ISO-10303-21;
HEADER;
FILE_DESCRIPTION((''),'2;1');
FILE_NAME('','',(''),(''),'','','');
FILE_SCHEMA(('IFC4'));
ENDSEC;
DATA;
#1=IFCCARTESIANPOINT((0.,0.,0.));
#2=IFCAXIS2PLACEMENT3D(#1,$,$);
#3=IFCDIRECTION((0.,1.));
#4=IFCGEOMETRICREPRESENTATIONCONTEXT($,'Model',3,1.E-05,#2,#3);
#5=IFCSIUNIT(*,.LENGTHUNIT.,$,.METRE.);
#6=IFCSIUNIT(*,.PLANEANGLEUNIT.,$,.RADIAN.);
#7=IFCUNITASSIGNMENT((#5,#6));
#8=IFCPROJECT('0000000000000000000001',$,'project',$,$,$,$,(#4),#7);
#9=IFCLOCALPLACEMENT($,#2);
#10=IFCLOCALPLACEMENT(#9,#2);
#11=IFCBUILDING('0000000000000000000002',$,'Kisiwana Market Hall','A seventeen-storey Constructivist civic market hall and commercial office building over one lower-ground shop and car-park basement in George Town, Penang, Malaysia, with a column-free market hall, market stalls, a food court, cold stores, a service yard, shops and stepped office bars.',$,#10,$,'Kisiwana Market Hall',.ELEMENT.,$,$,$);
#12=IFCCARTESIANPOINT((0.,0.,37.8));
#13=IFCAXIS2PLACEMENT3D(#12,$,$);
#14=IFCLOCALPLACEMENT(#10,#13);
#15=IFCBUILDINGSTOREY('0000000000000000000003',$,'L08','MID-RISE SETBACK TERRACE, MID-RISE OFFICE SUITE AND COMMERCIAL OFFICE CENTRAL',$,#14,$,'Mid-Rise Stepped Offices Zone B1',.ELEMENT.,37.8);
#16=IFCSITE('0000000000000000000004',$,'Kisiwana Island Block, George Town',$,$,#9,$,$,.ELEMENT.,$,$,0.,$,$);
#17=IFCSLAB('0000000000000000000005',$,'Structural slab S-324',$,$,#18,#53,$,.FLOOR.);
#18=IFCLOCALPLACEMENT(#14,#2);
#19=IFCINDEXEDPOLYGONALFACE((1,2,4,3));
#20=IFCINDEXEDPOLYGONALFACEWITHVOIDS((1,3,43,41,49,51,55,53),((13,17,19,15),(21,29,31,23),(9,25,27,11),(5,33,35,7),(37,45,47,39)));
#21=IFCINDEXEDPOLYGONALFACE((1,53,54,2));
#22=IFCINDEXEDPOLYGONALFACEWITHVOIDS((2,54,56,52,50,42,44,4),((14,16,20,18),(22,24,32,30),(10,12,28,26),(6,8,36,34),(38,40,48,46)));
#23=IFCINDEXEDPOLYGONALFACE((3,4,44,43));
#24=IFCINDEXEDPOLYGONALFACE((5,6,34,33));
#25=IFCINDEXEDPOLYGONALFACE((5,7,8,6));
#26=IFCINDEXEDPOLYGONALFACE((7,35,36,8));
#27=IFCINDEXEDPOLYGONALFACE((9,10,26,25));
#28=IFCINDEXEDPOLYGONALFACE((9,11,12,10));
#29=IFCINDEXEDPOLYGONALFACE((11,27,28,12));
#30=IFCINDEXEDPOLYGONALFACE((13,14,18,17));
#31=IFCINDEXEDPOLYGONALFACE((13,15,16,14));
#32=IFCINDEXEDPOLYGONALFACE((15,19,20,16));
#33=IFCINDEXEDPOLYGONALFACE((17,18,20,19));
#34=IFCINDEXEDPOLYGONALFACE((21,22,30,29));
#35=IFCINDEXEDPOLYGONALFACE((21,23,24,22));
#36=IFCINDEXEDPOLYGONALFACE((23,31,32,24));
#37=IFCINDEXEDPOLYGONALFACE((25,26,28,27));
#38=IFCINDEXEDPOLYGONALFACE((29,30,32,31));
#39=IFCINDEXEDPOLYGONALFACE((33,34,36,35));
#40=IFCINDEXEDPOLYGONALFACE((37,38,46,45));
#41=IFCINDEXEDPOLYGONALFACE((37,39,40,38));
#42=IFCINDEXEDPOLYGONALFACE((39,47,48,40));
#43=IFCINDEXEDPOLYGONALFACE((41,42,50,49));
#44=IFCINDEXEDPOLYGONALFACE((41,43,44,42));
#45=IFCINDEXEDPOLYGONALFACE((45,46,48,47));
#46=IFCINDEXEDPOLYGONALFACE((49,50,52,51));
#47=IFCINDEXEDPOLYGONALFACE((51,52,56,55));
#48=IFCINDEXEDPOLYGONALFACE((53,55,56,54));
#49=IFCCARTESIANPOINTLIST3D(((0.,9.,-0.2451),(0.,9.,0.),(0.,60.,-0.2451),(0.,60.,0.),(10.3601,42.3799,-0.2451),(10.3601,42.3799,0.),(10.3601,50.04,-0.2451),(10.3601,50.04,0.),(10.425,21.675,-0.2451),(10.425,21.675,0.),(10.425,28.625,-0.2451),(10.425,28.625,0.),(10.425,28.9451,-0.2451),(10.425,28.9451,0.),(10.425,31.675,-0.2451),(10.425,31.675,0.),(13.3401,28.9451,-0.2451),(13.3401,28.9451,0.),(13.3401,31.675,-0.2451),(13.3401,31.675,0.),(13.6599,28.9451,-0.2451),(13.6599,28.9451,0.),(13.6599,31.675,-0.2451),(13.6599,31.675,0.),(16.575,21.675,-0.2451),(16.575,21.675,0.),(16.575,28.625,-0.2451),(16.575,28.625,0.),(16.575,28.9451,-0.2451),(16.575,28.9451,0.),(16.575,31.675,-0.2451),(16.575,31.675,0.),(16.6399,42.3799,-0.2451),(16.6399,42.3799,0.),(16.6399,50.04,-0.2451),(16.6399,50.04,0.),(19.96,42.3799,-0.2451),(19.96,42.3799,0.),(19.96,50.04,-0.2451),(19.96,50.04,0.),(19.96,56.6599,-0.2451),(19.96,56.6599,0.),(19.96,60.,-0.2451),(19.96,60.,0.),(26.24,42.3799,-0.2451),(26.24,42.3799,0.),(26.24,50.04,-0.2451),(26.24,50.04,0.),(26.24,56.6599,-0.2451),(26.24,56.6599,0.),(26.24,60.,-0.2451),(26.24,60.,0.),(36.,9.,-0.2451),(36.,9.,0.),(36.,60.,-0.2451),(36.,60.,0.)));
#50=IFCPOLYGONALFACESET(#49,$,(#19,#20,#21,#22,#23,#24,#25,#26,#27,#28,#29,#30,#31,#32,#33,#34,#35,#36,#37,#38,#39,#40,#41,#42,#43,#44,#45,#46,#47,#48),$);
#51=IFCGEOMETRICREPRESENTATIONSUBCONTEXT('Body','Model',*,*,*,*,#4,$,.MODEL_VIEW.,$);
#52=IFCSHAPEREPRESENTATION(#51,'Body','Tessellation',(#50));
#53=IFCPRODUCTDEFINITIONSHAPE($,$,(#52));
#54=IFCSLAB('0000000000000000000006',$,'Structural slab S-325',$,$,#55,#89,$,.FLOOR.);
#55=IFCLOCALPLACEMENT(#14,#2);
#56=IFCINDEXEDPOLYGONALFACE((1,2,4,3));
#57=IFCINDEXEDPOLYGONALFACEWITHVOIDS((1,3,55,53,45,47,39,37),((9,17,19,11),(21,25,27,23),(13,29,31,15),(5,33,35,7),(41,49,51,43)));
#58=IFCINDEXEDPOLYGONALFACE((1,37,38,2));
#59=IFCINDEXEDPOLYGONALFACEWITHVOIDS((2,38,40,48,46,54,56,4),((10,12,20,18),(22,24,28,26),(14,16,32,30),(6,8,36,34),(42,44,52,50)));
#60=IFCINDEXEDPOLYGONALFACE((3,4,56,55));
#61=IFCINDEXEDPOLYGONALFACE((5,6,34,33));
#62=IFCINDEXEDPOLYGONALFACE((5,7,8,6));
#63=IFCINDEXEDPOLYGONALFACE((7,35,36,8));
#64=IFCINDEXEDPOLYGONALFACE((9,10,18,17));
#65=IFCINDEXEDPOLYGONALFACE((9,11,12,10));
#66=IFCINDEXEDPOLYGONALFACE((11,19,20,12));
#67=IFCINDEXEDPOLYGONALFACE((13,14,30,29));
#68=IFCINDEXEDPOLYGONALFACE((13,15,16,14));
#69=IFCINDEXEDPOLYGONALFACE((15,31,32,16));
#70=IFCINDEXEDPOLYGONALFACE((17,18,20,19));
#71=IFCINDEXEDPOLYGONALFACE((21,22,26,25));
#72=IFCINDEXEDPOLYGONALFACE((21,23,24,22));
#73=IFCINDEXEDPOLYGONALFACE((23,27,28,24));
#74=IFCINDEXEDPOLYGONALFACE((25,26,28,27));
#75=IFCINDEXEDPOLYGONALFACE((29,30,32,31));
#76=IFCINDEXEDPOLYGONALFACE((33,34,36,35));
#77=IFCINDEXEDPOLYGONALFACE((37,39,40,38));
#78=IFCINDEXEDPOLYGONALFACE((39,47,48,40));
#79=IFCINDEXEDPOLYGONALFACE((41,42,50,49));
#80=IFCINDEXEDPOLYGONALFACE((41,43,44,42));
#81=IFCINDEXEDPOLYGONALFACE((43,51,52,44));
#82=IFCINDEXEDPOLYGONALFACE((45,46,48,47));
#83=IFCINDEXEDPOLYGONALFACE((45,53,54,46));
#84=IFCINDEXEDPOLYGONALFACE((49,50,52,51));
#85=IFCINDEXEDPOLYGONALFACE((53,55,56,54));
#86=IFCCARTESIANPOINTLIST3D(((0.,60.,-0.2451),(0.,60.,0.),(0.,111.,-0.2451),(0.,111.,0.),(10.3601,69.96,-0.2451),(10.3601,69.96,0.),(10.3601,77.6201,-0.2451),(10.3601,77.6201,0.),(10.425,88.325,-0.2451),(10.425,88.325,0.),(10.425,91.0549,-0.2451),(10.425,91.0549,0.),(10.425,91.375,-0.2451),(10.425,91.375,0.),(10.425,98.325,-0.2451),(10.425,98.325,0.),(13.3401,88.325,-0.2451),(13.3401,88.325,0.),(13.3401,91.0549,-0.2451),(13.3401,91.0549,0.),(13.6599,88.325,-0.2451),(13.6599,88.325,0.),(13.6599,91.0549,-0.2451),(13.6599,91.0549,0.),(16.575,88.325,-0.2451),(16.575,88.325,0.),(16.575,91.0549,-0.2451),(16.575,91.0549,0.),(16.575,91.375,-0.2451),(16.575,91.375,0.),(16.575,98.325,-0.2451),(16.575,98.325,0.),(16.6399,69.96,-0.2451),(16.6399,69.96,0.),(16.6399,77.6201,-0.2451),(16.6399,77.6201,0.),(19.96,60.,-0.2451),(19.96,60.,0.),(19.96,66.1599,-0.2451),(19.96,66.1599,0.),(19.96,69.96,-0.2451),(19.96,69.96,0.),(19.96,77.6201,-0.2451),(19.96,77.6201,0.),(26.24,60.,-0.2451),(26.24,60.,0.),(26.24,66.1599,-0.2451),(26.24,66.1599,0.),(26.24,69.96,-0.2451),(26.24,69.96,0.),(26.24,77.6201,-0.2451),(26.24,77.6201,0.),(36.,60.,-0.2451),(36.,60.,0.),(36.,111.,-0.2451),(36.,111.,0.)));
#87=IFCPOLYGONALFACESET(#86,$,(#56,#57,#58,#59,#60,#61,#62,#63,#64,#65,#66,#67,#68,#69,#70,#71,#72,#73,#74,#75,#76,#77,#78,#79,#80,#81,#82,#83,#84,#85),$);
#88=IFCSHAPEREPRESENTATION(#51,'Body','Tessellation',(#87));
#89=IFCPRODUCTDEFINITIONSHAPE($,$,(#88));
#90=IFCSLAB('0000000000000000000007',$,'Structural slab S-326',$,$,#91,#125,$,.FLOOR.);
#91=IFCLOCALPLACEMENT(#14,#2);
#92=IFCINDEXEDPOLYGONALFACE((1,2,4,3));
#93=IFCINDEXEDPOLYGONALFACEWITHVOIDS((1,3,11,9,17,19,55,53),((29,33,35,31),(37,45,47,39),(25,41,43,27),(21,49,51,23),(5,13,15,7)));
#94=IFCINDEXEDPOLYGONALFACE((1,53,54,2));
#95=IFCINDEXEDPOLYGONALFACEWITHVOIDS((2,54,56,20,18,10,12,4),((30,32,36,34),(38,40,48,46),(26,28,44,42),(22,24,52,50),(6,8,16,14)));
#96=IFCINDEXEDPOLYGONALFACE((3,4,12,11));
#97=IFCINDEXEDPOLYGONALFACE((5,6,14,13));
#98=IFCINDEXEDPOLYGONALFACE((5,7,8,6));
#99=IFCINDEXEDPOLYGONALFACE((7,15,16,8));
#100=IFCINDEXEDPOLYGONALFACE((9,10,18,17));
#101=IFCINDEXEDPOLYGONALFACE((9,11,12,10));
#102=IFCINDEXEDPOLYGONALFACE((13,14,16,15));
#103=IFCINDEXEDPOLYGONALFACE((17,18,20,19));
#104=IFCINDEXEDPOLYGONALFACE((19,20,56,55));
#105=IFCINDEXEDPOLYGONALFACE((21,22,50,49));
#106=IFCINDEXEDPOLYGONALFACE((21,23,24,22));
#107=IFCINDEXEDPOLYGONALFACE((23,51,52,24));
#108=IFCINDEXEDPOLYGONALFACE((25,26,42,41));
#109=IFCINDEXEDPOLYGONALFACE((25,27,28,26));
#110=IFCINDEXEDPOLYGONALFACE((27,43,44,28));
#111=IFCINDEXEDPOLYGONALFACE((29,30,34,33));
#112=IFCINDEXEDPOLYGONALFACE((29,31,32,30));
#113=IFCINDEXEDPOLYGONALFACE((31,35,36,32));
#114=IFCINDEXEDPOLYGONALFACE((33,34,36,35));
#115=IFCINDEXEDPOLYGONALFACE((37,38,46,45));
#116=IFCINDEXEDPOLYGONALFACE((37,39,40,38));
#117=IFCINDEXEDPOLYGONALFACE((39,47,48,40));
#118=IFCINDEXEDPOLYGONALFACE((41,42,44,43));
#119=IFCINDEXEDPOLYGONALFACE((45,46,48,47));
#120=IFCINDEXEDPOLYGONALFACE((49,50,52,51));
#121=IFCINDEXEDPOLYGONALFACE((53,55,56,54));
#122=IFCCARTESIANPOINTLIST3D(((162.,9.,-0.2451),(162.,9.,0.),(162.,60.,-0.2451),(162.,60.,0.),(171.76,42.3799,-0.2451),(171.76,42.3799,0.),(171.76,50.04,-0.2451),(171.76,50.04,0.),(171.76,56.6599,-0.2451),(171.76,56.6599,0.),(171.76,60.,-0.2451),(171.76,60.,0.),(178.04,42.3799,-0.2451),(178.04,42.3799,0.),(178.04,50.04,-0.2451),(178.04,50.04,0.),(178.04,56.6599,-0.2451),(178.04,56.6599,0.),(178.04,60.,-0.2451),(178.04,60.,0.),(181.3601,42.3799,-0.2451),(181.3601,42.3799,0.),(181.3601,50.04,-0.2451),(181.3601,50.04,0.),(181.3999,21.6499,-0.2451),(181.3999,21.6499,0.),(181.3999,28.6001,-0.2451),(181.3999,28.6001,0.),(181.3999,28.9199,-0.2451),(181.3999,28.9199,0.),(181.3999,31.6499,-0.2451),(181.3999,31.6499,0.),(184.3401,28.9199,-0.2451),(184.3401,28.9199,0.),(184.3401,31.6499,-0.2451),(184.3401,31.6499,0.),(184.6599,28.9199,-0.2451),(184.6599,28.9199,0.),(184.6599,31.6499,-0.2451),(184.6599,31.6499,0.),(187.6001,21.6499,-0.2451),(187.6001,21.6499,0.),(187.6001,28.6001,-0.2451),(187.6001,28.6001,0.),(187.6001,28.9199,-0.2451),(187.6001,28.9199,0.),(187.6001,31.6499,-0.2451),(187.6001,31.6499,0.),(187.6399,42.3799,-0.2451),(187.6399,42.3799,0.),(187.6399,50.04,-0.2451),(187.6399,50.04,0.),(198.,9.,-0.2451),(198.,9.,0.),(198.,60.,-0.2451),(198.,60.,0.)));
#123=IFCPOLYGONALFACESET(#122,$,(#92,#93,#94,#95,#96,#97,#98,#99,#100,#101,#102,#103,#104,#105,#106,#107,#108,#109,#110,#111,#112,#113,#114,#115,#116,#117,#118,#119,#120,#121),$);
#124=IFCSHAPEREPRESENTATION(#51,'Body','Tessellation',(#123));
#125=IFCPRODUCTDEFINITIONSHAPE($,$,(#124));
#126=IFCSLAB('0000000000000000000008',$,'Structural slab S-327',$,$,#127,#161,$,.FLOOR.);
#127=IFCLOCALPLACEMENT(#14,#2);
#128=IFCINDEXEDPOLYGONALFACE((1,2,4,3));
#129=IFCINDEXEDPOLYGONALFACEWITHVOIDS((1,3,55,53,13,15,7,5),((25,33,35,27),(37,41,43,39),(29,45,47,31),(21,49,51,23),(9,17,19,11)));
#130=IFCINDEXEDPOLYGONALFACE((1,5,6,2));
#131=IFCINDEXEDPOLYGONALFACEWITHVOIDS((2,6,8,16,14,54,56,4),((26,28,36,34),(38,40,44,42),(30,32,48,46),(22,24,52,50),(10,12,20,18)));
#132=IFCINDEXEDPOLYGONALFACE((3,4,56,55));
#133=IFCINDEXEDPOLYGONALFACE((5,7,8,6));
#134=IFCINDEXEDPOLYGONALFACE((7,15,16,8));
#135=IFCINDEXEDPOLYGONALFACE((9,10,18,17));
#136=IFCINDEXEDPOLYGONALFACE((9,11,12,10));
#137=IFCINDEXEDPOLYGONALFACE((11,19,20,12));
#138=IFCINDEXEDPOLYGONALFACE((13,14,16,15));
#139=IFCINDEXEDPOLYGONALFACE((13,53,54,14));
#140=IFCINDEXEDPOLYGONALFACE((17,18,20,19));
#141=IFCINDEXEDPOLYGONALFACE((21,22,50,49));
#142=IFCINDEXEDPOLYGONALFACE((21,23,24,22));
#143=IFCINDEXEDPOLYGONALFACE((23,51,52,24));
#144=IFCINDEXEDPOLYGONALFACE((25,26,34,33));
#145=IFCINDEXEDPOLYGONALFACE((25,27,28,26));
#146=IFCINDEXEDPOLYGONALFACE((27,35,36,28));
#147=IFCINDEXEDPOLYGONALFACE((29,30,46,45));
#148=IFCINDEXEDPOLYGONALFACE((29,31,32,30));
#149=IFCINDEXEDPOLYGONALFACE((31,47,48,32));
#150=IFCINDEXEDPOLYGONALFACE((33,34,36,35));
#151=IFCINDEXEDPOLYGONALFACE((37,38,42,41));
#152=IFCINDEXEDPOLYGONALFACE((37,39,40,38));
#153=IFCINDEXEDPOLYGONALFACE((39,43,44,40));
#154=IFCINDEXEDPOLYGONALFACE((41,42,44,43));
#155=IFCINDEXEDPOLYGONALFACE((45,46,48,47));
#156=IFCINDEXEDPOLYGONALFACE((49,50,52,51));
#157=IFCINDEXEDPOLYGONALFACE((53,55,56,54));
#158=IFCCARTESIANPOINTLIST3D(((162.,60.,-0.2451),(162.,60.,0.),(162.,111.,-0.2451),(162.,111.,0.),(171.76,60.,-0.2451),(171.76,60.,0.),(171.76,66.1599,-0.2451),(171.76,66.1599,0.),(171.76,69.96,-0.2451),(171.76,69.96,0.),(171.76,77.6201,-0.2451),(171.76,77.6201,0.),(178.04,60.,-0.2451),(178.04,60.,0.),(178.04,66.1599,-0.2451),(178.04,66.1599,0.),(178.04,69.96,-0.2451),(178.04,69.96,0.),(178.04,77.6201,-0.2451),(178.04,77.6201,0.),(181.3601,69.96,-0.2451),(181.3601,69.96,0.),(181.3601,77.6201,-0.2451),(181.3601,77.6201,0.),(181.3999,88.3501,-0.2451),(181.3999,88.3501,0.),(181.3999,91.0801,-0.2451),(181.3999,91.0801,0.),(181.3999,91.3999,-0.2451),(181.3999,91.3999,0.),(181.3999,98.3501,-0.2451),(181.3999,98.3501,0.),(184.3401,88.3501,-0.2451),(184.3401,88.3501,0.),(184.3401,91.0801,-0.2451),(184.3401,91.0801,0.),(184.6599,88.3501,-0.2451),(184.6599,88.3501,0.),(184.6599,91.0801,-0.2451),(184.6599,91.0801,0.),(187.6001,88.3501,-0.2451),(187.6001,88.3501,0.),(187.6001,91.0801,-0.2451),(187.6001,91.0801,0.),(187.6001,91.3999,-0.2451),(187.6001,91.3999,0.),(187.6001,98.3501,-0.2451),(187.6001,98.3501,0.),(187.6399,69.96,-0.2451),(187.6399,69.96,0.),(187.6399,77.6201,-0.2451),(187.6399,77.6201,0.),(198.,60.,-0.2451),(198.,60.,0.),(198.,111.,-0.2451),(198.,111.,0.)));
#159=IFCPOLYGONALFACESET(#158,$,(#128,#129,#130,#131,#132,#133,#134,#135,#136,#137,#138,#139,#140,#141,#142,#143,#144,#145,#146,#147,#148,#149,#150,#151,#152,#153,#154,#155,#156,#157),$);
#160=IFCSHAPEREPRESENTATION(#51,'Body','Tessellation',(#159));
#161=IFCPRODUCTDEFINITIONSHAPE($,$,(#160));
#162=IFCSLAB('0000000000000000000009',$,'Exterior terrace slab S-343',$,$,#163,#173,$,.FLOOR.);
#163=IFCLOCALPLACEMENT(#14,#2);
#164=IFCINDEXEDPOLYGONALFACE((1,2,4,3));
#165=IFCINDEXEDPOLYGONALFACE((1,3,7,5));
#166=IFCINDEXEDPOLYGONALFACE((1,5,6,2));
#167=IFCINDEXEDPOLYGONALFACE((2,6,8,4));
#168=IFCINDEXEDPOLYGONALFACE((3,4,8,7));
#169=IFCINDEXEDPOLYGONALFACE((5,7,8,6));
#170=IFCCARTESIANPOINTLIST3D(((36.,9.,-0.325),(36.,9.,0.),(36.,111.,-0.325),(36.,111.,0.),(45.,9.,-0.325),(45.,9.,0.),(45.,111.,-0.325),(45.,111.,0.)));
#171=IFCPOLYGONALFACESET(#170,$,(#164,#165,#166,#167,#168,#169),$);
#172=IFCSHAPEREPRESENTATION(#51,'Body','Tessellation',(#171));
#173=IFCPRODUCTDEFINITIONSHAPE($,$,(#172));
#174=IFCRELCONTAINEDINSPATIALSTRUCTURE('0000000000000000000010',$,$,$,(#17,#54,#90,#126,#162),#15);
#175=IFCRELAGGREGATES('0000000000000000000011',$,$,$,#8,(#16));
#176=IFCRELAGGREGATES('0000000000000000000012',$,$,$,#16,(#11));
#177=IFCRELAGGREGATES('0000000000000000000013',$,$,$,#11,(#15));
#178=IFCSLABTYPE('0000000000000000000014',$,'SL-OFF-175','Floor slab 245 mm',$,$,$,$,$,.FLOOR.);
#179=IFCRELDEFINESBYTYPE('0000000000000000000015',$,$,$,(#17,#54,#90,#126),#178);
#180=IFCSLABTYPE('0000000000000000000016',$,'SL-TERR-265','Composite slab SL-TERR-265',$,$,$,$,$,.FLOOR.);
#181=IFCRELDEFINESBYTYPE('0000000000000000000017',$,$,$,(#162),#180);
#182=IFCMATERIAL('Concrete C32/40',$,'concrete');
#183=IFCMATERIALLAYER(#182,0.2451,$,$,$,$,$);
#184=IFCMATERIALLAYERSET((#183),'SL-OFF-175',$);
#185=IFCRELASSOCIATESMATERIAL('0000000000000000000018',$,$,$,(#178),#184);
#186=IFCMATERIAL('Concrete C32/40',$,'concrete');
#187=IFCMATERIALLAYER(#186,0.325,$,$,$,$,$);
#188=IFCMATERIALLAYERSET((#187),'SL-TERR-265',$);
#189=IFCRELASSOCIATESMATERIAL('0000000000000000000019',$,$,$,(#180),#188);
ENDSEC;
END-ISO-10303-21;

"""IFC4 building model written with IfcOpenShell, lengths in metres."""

from ifc_helpers import new_model, si_unit, direction, frame, origin, place, context, subcontext, project, spatial, polyline, outline, extrude, material, layer, layer_set, type_object, element, save


model = new_model("IFC4")

# Units and contexts
model_context = context("Model", 3, precision=1e-05, world=origin(), true_north=direction((0.0, 1.0)))
body_context = subcontext(model_context, "Body", "Model", "MODEL_VIEW")
ifc_project = project(units=[si_unit("LENGTHUNIT", "METRE"), si_unit("PLANEANGLEUNIT", "RADIAN")], contexts=[model_context])

# Site, building, storey
site_placement = place(None, origin())
site = spatial("IfcSite", under=ifc_project, at=site_placement, Name="Kisiwana Island Block, George Town", CompositionType="ELEMENT", RefElevation=0.0)
building_placement = place(site_placement, origin())
building = spatial("IfcBuilding", under=site, at=building_placement, Name="Kisiwana Market Hall", Description="A seventeen-storey Constructivist civic market hall and commercial office building over one lower-ground shop and car-park basement in George Town, Penang, Malaysia, with a column-free market hall, market stalls, a food court, cold stores, a service yard, shops and stepped office bars.", LongName="Kisiwana Market Hall", CompositionType="ELEMENT")
storey_placement = place(building_placement, frame((0.0, 0.0, 37.8)))
storey = spatial("IfcBuildingStorey", under=building, at=storey_placement, Name="L08", Description="MID-RISE SETBACK TERRACE, MID-RISE OFFICE SUITE AND COMMERCIAL OFFICE CENTRAL", LongName="Mid-Rise Stepped Offices Zone B1", CompositionType="ELEMENT", Elevation=37.8)

# Slabs
ifc_material_1 = material(Name="Concrete C32/40", Category="concrete")
ifc_layer_1 = layer(ifc_material_1, 0.2451)
ifc_layer_set_1 = layer_set([ifc_layer_1], Name="SL-OFF-175")
slab_type_1 = type_object("IfcSlabType", Name="SL-OFF-175", Description="Floor slab 245 mm", PredefinedType="FLOOR", material=ifc_layer_set_1)
slab_1_placement = place(storey_placement, frame((0.0, 0.0, -0.2451)))
element("IfcSlab", 1, at=slab_1_placement, inside=storey, type_object=slab_type_1, Name="Structural slab S-324", PredefinedType="FLOOR", context=body_context, shape_type="SweptSolid", body=[
    extrude(outline(polyline([(0.0, 9.0), (36.0, 9.0), (36.0, 60.0), (26.24, 60.0), (26.24, 56.6599), (19.96, 56.6599), (19.96, 60.0), (0.0, 60.0), (0.0, 9.0)]), holes=[polyline([(10.425, 21.675), (16.575, 21.675), (16.575, 28.625), (10.425, 28.625), (10.425, 21.675)]), polyline([(10.425, 28.9451), (13.3401, 28.9451), (13.3401, 31.675), (10.425, 31.675), (10.425, 28.9451)]), polyline([(13.6599, 28.9451), (16.575, 28.9451), (16.575, 31.675), (13.6599, 31.675), (13.6599, 28.9451)]), polyline([(10.3601, 42.3799), (16.6399, 42.3799), (16.6399, 50.04), (10.3601, 50.04), (10.3601, 42.3799)]), polyline([(19.96, 42.3799), (26.24, 42.3799), (26.24, 50.04), (19.96, 50.04), (19.96, 42.3799)])]), origin(), (0.0, 0.0, 1.0), 0.2451),
])
slab_2_placement = place(storey_placement, frame((0.0, 0.0, -0.2451)))
element("IfcSlab", 2, at=slab_2_placement, inside=storey, type_object=slab_type_1, Name="Structural slab S-325", PredefinedType="FLOOR", context=body_context, shape_type="SweptSolid", body=[
    extrude(outline(polyline([(0.0, 60.0), (19.96, 60.0), (19.96, 66.1599), (26.24, 66.1599), (26.24, 60.0), (36.0, 60.0), (36.0, 111.0), (0.0, 111.0), (0.0, 60.0)]), holes=[polyline([(10.425, 91.375), (16.575, 91.375), (16.575, 98.325), (10.425, 98.325), (10.425, 91.375)]), polyline([(10.425, 88.325), (13.3401, 88.325), (13.3401, 91.0549), (10.425, 91.0549), (10.425, 88.325)]), polyline([(13.6599, 88.325), (16.575, 88.325), (16.575, 91.0549), (13.6599, 91.0549), (13.6599, 88.325)]), polyline([(10.3601, 69.96), (16.6399, 69.96), (16.6399, 77.6201), (10.3601, 77.6201), (10.3601, 69.96)]), polyline([(19.96, 69.96), (26.24, 69.96), (26.24, 77.6201), (19.96, 77.6201), (19.96, 69.96)])]), origin(), (0.0, 0.0, 1.0), 0.2451),
])
slab_3_placement = place(storey_placement, frame((0.0, 0.0, -0.2451)))
element("IfcSlab", 3, at=slab_3_placement, inside=storey, type_object=slab_type_1, Name="Structural slab S-326", PredefinedType="FLOOR", context=body_context, shape_type="SweptSolid", body=[
    extrude(outline(polyline([(162.0, 9.0), (198.0, 9.0), (198.0, 60.0), (178.04, 60.0), (178.04, 56.6599), (171.76, 56.6599), (171.76, 60.0), (162.0, 60.0), (162.0, 9.0)]), holes=[polyline([(181.3999, 21.6499), (187.6001, 21.6499), (187.6001, 28.6001), (181.3999, 28.6001), (181.3999, 21.6499)]), polyline([(181.3999, 28.9199), (184.3401, 28.9199), (184.3401, 31.6499), (181.3999, 31.6499), (181.3999, 28.9199)]), polyline([(184.6599, 28.9199), (187.6001, 28.9199), (187.6001, 31.6499), (184.6599, 31.6499), (184.6599, 28.9199)]), polyline([(181.3601, 42.3799), (187.6399, 42.3799), (187.6399, 50.04), (181.3601, 50.04), (181.3601, 42.3799)]), polyline([(171.76, 42.3799), (178.04, 42.3799), (178.04, 50.04), (171.76, 50.04), (171.76, 42.3799)])]), origin(), (0.0, 0.0, 1.0), 0.2451),
])
slab_4_placement = place(storey_placement, frame((0.0, 0.0, -0.2451)))
element("IfcSlab", 4, at=slab_4_placement, inside=storey, type_object=slab_type_1, Name="Structural slab S-327", PredefinedType="FLOOR", context=body_context, shape_type="SweptSolid", body=[
    extrude(outline(polyline([(162.0, 60.0), (171.76, 60.0), (171.76, 66.1599), (178.04, 66.1599), (178.04, 60.0), (198.0, 60.0), (198.0, 111.0), (162.0, 111.0), (162.0, 60.0)]), holes=[polyline([(181.3999, 91.3999), (187.6001, 91.3999), (187.6001, 98.3501), (181.3999, 98.3501), (181.3999, 91.3999)]), polyline([(181.3999, 88.3501), (184.3401, 88.3501), (184.3401, 91.0801), (181.3999, 91.0801), (181.3999, 88.3501)]), polyline([(184.6599, 88.3501), (187.6001, 88.3501), (187.6001, 91.0801), (184.6599, 91.0801), (184.6599, 88.3501)]), polyline([(181.3601, 69.96), (187.6399, 69.96), (187.6399, 77.6201), (181.3601, 77.6201), (181.3601, 69.96)]), polyline([(171.76, 69.96), (178.04, 69.96), (178.04, 77.6201), (171.76, 77.6201), (171.76, 69.96)])]), origin(), (0.0, 0.0, 1.0), 0.2451),
])
ifc_material_2 = material(Name="Concrete C32/40", Category="concrete")
ifc_layer_2 = layer(ifc_material_2, 0.325)
ifc_layer_set_2 = layer_set([ifc_layer_2], Name="SL-TERR-265")
slab_type_2 = type_object("IfcSlabType", Name="SL-TERR-265", Description="Composite slab SL-TERR-265", PredefinedType="FLOOR", material=ifc_layer_set_2)
slab_5_placement = place(storey_placement, frame((0.0, 0.0, -0.325)))
element("IfcSlab", 5, at=slab_5_placement, inside=storey, type_object=slab_type_2, Name="Exterior terrace slab S-343", PredefinedType="FLOOR", context=body_context, shape_type="SweptSolid", body=[
    extrude(outline(polyline([(36.0, 9.0), (45.0, 9.0), (45.0, 111.0), (36.0, 111.0), (36.0, 9.0)])), origin(), (0.0, 0.0, 1.0), 0.325),
])

save(model, "model.ifc")
